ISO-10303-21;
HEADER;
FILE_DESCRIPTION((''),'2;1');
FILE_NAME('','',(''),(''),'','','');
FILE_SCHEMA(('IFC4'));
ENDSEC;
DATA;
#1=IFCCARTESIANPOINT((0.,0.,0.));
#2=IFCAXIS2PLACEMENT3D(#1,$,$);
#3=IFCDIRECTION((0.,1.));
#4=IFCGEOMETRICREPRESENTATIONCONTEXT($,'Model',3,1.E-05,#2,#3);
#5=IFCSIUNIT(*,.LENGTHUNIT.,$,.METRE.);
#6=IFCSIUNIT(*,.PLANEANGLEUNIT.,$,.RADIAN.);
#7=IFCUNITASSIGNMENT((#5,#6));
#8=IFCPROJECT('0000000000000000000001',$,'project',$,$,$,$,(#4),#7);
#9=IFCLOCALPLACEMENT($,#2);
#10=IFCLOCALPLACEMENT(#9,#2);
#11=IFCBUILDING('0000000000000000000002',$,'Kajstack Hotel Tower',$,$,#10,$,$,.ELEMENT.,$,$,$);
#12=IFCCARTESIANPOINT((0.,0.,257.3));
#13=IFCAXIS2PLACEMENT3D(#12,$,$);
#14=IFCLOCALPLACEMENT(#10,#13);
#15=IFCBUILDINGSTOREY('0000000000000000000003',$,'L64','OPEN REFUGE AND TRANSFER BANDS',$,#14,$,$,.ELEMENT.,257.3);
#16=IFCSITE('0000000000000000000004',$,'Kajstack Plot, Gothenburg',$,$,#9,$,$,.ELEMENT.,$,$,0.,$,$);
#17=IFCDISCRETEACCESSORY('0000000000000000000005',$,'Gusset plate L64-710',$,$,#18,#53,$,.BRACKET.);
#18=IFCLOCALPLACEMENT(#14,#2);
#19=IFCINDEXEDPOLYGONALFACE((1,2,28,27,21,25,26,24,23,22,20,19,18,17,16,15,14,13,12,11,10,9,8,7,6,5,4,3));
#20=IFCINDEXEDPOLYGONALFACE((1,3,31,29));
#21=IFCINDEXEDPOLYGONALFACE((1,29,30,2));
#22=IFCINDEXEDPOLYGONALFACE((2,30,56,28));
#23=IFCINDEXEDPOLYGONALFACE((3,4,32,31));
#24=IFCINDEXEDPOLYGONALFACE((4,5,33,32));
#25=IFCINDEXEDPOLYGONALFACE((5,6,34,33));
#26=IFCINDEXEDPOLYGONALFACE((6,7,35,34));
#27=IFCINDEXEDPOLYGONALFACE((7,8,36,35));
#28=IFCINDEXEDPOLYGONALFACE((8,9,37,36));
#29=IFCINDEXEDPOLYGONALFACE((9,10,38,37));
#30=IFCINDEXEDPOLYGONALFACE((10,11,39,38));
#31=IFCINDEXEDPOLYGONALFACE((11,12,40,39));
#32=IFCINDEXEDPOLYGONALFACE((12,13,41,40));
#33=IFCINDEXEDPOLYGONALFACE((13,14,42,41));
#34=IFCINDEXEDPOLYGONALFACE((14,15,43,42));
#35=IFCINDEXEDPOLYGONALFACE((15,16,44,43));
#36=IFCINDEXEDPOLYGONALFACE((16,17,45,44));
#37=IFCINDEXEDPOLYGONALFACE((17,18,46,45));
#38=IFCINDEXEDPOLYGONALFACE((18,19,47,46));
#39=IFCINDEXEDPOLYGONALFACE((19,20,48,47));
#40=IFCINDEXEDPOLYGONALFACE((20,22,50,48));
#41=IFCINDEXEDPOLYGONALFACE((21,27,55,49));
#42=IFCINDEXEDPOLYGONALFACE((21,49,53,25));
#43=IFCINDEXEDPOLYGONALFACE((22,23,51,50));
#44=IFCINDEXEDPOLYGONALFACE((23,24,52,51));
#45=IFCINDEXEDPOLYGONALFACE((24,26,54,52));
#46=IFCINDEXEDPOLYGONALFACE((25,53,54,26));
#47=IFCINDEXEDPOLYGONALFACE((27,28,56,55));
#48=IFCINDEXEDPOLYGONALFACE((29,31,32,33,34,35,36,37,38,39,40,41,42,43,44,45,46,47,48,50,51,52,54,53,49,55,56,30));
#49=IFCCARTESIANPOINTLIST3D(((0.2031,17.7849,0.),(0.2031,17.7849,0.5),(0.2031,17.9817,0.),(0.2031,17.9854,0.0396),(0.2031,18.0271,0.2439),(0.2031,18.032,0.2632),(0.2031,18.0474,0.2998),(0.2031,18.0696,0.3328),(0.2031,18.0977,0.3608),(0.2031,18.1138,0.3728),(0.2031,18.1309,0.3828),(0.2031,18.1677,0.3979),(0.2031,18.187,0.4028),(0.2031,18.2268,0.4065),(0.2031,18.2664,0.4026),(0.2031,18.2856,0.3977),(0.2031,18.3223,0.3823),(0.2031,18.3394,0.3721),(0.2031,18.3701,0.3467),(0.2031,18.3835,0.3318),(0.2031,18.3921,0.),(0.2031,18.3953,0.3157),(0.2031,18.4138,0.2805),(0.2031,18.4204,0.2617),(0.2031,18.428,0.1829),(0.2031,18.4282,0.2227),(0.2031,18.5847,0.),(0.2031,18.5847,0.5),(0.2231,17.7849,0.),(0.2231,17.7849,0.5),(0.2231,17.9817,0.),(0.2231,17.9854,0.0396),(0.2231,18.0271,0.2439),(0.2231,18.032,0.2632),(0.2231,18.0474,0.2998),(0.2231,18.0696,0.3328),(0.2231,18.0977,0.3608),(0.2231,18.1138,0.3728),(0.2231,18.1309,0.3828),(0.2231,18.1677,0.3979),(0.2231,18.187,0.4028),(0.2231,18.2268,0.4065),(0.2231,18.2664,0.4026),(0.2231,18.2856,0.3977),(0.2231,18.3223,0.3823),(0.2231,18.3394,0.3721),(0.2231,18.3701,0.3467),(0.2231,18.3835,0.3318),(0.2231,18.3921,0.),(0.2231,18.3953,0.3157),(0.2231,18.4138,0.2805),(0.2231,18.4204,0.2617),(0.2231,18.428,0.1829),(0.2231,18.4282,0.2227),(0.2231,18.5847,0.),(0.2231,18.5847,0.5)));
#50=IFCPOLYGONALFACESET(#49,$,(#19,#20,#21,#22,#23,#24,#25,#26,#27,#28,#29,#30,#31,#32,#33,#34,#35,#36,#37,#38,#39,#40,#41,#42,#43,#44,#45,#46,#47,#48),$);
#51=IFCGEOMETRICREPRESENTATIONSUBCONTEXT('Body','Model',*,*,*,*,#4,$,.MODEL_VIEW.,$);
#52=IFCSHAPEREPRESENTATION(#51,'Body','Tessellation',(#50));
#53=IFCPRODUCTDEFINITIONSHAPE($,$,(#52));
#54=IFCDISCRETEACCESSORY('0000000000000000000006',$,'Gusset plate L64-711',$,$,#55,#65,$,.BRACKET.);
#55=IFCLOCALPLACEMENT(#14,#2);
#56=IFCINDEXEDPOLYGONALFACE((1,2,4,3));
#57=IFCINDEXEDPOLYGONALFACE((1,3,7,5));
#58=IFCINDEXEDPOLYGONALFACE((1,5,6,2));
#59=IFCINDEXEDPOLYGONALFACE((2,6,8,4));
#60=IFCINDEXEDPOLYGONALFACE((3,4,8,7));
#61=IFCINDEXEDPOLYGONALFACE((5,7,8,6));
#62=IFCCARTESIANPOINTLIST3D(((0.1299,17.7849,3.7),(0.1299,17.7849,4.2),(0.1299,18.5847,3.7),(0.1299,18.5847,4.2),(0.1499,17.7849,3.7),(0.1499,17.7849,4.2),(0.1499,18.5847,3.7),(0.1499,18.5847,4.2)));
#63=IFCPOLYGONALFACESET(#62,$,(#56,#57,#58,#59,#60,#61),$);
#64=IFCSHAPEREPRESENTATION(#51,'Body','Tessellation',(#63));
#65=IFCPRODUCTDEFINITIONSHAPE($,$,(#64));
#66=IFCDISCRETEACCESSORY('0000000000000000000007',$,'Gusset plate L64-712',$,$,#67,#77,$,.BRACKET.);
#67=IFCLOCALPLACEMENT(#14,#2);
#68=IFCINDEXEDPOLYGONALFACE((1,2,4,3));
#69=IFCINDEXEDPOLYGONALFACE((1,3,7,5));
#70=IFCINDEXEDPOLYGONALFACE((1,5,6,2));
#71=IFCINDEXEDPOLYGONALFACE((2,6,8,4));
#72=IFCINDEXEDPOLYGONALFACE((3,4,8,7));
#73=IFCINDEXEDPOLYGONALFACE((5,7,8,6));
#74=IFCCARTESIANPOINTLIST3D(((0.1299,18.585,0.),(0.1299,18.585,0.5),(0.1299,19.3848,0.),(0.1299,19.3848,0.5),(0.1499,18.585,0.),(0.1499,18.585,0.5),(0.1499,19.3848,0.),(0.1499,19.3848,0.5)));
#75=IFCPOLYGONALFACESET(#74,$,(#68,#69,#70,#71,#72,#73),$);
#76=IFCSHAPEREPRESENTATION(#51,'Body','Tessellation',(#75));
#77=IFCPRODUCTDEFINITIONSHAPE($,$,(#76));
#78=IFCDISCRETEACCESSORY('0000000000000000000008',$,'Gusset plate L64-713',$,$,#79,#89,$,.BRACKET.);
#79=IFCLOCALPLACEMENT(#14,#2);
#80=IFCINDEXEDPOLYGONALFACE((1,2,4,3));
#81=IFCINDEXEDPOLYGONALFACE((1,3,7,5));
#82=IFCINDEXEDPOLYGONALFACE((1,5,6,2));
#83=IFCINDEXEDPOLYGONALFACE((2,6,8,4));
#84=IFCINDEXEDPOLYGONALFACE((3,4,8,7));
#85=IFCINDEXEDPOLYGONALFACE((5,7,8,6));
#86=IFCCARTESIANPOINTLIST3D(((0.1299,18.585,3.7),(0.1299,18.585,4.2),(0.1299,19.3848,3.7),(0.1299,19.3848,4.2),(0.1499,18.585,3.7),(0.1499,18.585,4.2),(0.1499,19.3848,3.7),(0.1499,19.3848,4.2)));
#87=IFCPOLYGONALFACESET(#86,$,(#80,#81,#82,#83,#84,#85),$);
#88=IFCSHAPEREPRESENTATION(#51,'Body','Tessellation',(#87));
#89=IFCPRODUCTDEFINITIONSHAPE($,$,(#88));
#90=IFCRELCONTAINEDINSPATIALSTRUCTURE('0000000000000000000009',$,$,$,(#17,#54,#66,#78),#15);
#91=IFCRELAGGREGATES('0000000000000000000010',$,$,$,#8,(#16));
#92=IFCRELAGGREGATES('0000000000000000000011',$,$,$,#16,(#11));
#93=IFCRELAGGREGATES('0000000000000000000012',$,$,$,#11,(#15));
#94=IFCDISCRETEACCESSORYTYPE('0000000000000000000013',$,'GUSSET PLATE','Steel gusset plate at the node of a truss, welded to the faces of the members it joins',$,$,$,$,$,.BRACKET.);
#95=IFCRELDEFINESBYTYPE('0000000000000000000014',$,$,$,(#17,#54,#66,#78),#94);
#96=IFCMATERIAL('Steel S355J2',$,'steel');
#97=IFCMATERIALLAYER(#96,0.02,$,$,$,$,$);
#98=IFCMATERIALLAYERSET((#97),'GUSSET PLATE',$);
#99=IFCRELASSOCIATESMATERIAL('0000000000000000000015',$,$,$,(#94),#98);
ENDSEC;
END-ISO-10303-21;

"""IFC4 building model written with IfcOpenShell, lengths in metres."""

from ifc_helpers import new_model, si_unit, direction, frame, origin, place, context, subcontext, project, spatial, polyline, outline, extrude, material, layer, layer_set, type_object, element, save


model = new_model("IFC4")

# Units and contexts
model_context = context("Model", 3, precision=1e-05, world=origin(), true_north=direction((0.0, 1.0)))
body_context = subcontext(model_context, "Body", "Model", "MODEL_VIEW")
ifc_project = project(units=[si_unit("LENGTHUNIT", "METRE"), si_unit("PLANEANGLEUNIT", "RADIAN")], contexts=[model_context])

# Site, building, storey
site_placement = place(None, origin())
site = spatial("IfcSite", under=ifc_project, at=site_placement, Name="Kajstack Plot, Gothenburg", CompositionType="ELEMENT", RefElevation=0.0)
building_placement = place(site_placement, origin())
building = spatial("IfcBuilding", under=site, at=building_placement, Name="Kajstack Hotel Tower", CompositionType="ELEMENT")
storey_placement = place(building_placement, frame((0.0, 0.0, 257.3)))
storey = spatial("IfcBuildingStorey", under=building, at=storey_placement, Name="L64", Description="OPEN REFUGE AND TRANSFER BANDS", CompositionType="ELEMENT", Elevation=257.3)

# Shared definitions
ifc_material = material(Name="Steel S355J2", Category="steel")

# Discrete accessories
ifc_layer = layer(ifc_material, 0.02)
ifc_layer_set = layer_set([ifc_layer], Name="GUSSET PLATE")
discrete_accessory_type = type_object("IfcDiscreteAccessoryType", Name="GUSSET PLATE", Description="Steel gusset plate at the node of a truss, welded to the faces of the members it joins", PredefinedType="BRACKET", material=ifc_layer_set)
discrete_accessory_placement = place(storey_placement, frame((0.2031, 18.1848, 0.0), z_axis=(1.0, 0.0, 0.0), x_axis=(0.0, 1.0, 0.0)))
element("IfcDiscreteAccessory", 1, at=discrete_accessory_placement, inside=storey, type_object=discrete_accessory_type, Name="Gusset plate L64-710", PredefinedType="BRACKET", context=body_context, shape_type="SweptSolid", body=[
    extrude(outline(polyline([(-0.3999, 0.0), (-0.2031, 0.0), (-0.1995, 0.0396), (-0.1577, 0.2439), (-0.1528, 0.2632), (-0.1375, 0.2998), (-0.1152, 0.3328), (-0.0872, 0.3608), (-0.071, 0.3728), (-0.054, 0.3828), (-0.0171, 0.3979), (0.0022, 0.4028), (0.042, 0.4065), (0.0815, 0.4026), (0.1008, 0.3977), (0.1375, 0.3823), (0.1545, 0.3721), (0.1853, 0.3467), (0.1987, 0.3318), (0.2104, 0.3157), (0.229, 0.2805), (0.2356, 0.2617), (0.2434, 0.2227), (0.2432, 0.1829), (0.2073, 0.0), (0.3999, 0.0), (0.3999, 0.5), (-0.3999, 0.5), (-0.3999, 0.0)])), origin(), (0.0, 0.0, 1.0), 0.02),
])
for number, where, z_axis, x_axis, name in (
    (2, (0.1299, 18.1848, 3.7), (1.0, 0.0, 0.0), (0.0, 1.0, 0.0), "Gusset plate L64-711"),
    (3, (0.1299, 18.9849, 0.0), (1.0, 0.0, 0.0), (0.0, 1.0, 0.0), "Gusset plate L64-712"),
    (4, (0.1299, 18.9849, 3.7), (1.0, 0.0, 0.0), (0.0, 1.0, 0.0), "Gusset plate L64-713"),
):
    element("IfcDiscreteAccessory", number, at=place(storey_placement, frame(where, z_axis=z_axis, x_axis=x_axis)), inside=storey, type_object=discrete_accessory_type, Name=name, PredefinedType="BRACKET", context=body_context, shape_type="SweptSolid", body=[
        extrude(outline(polyline([(-0.3999, 0.0), (0.3999, 0.0), (0.3999, 0.5), (-0.3999, 0.5), (-0.3999, 0.0)])), origin(), (0.0, 0.0, 1.0), 0.02),
    ])

save(model, "model.ifc")
